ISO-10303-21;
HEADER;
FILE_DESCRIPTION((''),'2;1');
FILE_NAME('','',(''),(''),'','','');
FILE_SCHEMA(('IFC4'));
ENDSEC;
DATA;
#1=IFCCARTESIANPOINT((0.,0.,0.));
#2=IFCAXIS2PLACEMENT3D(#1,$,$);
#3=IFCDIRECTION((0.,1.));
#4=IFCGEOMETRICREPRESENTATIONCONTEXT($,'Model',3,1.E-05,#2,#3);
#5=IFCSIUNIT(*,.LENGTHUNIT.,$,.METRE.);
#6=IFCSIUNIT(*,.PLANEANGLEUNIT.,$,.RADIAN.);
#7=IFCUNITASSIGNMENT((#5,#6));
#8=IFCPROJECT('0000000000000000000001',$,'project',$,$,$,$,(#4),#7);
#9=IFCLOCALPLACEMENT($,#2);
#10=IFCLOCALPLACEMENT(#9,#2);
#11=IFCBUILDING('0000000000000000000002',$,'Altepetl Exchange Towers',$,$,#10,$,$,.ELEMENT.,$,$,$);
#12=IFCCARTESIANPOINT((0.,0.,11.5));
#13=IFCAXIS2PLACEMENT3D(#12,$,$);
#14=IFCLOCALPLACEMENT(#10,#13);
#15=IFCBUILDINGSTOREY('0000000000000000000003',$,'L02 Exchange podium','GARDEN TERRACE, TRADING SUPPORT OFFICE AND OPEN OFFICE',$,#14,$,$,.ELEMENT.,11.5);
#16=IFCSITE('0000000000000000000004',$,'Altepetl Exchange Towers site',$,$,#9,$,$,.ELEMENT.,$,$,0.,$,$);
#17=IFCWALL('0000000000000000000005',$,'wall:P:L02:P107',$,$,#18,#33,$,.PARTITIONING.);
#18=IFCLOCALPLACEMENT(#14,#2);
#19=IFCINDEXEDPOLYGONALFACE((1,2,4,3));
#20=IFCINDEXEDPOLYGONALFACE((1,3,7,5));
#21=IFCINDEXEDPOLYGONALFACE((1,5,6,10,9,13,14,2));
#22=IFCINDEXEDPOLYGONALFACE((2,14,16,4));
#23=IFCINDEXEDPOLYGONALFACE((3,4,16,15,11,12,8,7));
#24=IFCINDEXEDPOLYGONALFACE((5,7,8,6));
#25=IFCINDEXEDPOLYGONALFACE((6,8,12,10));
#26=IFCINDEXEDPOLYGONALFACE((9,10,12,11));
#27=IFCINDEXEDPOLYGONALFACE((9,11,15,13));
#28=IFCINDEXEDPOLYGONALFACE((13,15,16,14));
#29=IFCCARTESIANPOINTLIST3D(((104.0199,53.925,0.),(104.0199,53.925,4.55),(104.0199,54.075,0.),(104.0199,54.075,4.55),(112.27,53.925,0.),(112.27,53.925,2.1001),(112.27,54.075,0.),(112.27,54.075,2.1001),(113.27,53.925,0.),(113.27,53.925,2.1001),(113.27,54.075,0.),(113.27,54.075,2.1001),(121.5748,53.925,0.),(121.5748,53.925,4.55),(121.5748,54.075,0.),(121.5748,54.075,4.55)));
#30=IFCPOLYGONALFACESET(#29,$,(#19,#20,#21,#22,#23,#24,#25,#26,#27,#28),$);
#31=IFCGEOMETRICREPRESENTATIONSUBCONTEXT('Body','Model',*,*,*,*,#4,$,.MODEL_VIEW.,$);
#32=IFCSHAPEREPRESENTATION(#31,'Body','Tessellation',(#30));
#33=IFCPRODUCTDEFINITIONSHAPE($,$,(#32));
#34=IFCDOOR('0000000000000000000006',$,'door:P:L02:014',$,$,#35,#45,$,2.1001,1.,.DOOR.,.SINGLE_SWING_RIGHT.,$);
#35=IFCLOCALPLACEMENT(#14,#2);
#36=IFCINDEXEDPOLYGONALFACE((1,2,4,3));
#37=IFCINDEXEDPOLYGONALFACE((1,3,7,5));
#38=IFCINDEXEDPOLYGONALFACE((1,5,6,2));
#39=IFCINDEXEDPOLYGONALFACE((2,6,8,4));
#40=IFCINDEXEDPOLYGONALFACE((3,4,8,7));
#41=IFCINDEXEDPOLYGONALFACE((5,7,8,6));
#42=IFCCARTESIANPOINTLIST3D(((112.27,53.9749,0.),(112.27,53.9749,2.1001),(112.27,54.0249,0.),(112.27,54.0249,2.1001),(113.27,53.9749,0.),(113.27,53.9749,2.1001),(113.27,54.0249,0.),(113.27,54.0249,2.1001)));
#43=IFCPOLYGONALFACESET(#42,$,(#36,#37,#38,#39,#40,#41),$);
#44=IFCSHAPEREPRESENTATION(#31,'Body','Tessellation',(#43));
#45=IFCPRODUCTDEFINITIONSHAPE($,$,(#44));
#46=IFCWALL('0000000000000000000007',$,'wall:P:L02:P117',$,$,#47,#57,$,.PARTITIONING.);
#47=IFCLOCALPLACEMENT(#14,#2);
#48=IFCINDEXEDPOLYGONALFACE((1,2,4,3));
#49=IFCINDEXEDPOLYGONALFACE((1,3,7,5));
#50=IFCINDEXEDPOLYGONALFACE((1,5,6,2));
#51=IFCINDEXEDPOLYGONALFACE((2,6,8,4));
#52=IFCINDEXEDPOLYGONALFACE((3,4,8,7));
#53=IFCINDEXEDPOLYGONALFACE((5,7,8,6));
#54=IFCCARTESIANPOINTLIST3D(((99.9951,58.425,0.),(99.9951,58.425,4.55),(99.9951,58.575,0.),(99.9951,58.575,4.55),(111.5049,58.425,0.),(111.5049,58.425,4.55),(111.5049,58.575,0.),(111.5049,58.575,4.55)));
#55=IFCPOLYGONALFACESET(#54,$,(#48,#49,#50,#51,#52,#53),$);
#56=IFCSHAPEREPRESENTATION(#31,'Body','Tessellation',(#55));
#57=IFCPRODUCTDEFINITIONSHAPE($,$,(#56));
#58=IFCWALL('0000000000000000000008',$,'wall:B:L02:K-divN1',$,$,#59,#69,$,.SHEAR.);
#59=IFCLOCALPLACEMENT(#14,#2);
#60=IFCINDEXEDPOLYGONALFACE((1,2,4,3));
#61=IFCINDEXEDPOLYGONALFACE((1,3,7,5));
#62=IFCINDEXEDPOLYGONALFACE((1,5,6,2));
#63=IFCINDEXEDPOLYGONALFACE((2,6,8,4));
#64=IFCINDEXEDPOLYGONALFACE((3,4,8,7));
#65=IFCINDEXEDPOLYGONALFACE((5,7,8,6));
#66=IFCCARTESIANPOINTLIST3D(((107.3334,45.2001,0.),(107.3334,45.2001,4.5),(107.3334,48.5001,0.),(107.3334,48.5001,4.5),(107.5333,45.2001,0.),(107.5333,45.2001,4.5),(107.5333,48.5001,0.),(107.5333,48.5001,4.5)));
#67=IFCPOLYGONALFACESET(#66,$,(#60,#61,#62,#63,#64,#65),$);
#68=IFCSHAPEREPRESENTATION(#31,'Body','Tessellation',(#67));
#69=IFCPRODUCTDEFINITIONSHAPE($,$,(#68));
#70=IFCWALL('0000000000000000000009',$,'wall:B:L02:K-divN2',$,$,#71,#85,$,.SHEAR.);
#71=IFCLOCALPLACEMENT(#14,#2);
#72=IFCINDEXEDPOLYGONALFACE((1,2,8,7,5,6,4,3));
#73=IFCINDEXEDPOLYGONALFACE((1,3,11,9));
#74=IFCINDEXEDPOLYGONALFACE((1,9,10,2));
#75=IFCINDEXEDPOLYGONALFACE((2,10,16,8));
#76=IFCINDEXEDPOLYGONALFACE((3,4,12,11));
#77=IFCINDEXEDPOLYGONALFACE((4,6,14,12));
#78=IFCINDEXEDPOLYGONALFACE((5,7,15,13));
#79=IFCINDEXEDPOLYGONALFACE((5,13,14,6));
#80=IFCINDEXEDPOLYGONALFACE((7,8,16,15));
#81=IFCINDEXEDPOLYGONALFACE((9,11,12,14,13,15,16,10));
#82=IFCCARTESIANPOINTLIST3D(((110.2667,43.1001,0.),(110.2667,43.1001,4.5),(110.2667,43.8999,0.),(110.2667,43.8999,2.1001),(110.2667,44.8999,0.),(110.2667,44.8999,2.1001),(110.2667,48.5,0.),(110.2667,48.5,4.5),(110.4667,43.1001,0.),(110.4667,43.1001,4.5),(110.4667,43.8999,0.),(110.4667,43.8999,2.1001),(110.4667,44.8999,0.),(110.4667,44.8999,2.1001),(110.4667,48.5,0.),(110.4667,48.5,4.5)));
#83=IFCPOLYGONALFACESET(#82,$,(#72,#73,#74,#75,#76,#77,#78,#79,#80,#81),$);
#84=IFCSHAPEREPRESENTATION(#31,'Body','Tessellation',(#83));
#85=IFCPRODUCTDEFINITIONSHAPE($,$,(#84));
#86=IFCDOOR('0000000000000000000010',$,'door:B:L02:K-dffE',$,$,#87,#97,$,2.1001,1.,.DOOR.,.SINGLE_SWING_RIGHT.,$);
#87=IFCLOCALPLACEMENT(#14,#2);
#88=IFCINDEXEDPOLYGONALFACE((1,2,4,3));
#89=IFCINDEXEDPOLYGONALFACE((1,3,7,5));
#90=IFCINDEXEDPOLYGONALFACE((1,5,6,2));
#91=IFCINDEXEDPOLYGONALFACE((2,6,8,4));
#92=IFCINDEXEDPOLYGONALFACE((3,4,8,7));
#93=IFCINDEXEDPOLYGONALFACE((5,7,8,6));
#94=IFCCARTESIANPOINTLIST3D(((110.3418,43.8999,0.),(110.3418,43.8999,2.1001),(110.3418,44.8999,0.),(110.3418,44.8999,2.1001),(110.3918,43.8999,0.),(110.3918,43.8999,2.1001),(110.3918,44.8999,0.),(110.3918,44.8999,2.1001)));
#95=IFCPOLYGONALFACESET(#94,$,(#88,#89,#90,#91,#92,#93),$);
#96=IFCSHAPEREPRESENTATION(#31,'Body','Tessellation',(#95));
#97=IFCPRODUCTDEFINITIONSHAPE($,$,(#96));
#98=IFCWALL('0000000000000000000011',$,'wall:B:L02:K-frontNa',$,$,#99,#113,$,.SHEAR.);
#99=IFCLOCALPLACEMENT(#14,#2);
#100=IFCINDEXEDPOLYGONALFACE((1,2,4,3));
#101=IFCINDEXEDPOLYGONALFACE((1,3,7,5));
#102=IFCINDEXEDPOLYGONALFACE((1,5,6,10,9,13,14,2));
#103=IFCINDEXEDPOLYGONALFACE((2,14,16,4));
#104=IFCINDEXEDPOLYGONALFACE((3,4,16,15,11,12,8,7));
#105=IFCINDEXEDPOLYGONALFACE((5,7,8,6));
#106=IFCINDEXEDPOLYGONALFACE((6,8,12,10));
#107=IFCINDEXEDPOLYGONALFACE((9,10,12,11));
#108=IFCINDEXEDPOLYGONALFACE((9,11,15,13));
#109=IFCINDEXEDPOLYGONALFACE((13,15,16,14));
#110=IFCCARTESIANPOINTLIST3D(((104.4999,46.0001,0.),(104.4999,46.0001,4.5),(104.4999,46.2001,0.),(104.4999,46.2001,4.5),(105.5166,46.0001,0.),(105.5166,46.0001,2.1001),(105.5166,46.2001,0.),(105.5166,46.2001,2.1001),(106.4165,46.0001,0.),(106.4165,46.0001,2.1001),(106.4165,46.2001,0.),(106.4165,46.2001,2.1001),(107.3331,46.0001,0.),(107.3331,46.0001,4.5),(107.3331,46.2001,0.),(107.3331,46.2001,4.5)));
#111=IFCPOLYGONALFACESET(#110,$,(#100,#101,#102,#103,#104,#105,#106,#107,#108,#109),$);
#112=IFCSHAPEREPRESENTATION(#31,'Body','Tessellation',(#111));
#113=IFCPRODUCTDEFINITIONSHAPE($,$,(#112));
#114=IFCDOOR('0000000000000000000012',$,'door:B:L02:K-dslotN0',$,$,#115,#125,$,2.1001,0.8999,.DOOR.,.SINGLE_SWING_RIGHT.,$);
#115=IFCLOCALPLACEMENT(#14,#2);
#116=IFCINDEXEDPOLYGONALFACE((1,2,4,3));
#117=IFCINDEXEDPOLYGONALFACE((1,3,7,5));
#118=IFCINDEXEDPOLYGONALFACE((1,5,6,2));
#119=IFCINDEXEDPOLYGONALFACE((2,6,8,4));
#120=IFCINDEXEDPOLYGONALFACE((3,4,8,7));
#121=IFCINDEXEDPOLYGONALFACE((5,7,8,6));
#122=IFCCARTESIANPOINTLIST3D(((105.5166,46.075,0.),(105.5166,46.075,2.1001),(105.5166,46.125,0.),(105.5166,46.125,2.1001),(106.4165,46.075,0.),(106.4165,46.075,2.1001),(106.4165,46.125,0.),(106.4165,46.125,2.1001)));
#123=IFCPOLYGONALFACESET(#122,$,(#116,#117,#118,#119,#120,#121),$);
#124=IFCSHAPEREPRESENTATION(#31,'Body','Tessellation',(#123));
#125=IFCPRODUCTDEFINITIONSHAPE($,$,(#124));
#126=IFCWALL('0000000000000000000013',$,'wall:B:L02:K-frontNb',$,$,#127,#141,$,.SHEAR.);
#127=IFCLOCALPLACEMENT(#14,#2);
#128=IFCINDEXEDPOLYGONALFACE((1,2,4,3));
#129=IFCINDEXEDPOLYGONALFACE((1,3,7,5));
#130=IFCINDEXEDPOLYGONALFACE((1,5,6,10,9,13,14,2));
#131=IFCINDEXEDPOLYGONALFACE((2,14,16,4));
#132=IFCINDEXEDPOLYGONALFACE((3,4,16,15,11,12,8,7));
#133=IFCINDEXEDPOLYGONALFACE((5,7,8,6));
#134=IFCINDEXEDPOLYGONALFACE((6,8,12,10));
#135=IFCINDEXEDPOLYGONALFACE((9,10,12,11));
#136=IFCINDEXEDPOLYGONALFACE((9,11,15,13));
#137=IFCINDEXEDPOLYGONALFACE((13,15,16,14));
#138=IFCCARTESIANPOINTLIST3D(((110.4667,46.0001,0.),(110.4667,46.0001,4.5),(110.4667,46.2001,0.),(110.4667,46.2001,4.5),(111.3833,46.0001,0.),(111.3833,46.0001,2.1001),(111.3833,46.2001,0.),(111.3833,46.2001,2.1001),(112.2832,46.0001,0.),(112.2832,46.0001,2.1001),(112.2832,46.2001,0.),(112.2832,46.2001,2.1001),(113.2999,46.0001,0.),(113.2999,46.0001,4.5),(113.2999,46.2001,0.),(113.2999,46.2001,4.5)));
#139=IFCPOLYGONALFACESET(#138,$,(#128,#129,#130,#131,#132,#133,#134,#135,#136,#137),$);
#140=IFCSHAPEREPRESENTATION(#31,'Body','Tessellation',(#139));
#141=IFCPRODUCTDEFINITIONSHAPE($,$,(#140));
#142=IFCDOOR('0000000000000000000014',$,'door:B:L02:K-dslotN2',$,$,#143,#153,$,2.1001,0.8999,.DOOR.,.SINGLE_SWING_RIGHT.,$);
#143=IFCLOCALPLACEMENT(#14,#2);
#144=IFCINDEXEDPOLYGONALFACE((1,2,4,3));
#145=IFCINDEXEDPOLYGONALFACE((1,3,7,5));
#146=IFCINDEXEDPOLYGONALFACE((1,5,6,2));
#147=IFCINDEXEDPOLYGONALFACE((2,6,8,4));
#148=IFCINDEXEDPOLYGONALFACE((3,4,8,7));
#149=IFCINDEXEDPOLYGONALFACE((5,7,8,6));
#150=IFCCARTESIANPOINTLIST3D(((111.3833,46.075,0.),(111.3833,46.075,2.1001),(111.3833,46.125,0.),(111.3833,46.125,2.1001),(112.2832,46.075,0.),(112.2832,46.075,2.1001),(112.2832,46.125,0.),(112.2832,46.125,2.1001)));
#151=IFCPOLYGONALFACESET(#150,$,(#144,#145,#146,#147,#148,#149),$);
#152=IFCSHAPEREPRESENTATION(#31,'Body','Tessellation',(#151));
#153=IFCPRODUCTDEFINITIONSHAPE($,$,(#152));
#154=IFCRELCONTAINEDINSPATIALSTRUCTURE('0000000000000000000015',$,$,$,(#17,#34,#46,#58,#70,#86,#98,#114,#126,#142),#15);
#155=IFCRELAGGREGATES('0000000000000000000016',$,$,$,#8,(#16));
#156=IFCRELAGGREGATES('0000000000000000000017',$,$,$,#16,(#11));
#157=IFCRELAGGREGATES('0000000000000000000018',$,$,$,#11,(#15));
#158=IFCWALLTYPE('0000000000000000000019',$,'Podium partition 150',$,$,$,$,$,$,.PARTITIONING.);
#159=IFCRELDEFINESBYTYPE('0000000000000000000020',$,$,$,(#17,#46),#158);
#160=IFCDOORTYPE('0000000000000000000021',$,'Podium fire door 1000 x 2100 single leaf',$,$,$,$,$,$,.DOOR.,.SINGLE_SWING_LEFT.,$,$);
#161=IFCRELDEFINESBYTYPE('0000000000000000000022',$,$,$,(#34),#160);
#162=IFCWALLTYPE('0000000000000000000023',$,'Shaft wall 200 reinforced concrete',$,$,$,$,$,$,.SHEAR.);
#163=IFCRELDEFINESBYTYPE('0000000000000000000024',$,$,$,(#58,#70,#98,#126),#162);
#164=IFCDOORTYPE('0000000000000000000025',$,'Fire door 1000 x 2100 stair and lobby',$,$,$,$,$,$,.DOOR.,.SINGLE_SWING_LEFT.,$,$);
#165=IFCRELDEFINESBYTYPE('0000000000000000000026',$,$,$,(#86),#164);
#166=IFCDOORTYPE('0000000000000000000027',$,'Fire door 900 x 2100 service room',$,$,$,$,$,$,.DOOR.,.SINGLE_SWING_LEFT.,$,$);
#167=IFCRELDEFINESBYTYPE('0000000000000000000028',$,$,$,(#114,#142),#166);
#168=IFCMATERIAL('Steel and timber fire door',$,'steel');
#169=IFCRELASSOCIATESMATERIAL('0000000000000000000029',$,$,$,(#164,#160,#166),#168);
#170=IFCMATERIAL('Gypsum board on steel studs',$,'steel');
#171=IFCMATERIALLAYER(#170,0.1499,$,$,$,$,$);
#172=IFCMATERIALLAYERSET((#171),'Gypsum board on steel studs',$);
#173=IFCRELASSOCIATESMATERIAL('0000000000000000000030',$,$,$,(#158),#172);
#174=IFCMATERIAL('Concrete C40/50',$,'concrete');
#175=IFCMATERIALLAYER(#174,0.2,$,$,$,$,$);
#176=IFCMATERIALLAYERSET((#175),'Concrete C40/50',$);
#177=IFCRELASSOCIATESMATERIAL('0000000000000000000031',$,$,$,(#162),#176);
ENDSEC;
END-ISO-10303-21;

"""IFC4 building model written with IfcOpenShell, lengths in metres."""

from ifc_helpers import new_model, si_unit, direction, frame, frame_2d, origin, place, context, subcontext, project, spatial, rectangle, extrude, material, layer, layer_set, type_object, element, fill, save


model = new_model("IFC4")

# Units and contexts
model_context = context("Model", 3, precision=1e-05, world=origin(), true_north=direction((0.0, 1.0)))
body_context = subcontext(model_context, "Body", "Model", "MODEL_VIEW")
ifc_project = project(units=[si_unit("LENGTHUNIT", "METRE"), si_unit("PLANEANGLEUNIT", "RADIAN")], contexts=[model_context])

# Site, building, storey
site_placement = place(None, origin())
site = spatial("IfcSite", under=ifc_project, at=site_placement, Name="Altepetl Exchange Towers site", CompositionType="ELEMENT", RefElevation=0.0)
building_placement = place(site_placement, origin())
building = spatial("IfcBuilding", under=site, at=building_placement, Name="Altepetl Exchange Towers", CompositionType="ELEMENT")
storey_placement = place(building_placement, frame((0.0, 0.0, 11.5)))
storey = spatial("IfcBuildingStorey", under=building, at=storey_placement, Name="L02 Exchange podium", Description="GARDEN TERRACE, TRADING SUPPORT OFFICE AND OPEN OFFICE", CompositionType="ELEMENT", Elevation=11.5)

# Shared definitions
ifc_material_1 = material(Name="Steel and timber fire door", Category="steel")
door_type_1 = type_object("IfcDoorType", Name="Fire door 1000 x 2100 stair and lobby", OperationType="SINGLE_SWING_LEFT", PredefinedType="DOOR", material=ifc_material_1)

# Shared definitions
ifc_material_2 = material(Name="Gypsum board on steel studs", Category="steel")
ifc_layer_1 = layer(ifc_material_2, 0.1499)
ifc_layer_set_1 = layer_set([ifc_layer_1], Name="Gypsum board on steel studs")
wall_type_1 = type_object("IfcWallType", Name="Podium partition 150", PredefinedType="PARTITIONING", material=ifc_layer_set_1)

# Wall, opening, door
wall_1_placement = place(storey_placement, frame((104.02, 54.0, 0.0)))
wall_1 = element("IfcWall", 1, at=wall_1_placement, inside=storey, type_object=wall_type_1, Name="wall:P:L02:P107", PredefinedType="PARTITIONING", context=body_context, shape_type="SweptSolid", body=[
    extrude(rectangle(XDim=17.5549, YDim=0.1499, at=frame_2d((8.7773, 0.0))), origin(), (0.0, 0.0, 1.0), 4.55),
])
opening_1_placement = place(wall_1_placement, frame((8.25, 0.0, 0.0)))
opening_1 = element("IfcOpeningElement", 2, at=opening_1_placement, cuts=wall_1, PredefinedType="OPENING", context=body_context, shape_type="SweptSolid", body=[
    extrude(rectangle(XDim=1.0, YDim=2.1001, at=frame_2d((0.5, 1.05))), frame((0.0, 0.085, 0.0), z_axis=(0.0, -1.0, 0.0), x_axis=(1.0, 0.0, 0.0)), (0.0, 0.0, 1.0), 0.1699),
])
door_type_2 = type_object("IfcDoorType", Name="Podium fire door 1000 x 2100 single leaf", OperationType="SINGLE_SWING_LEFT", PredefinedType="DOOR", material=ifc_material_1)
door_1_placement = place(opening_1_placement, origin())
door_1 = element("IfcDoor", 3, at=door_1_placement, inside=storey, type_object=door_type_2, Name="door:P:L02:014", OperationType="SINGLE_SWING_RIGHT", OverallHeight=2.1001, OverallWidth=1.0, PredefinedType="DOOR", context=body_context, shape_type="SweptSolid", body=[
    extrude(rectangle(XDim=1.0, YDim=2.1001, at=frame_2d((0.5, 1.05))), frame((0.0, 0.0249, 0.0), z_axis=(0.0, -1.0, 0.0), x_axis=(1.0, 0.0, 0.0)), (0.0, 0.0, 1.0), 0.05),
])
fill(opening_1, door_1)

# Walls
wall_2_placement = place(storey_placement, frame((99.9951, 58.5, 0.0)))
element("IfcWall", 4, at=wall_2_placement, inside=storey, type_object=wall_type_1, Name="wall:P:L02:P117", PredefinedType="PARTITIONING", context=body_context, shape_type="SweptSolid", body=[
    extrude(rectangle(XDim=11.5098, YDim=0.1499, at=frame_2d((5.7549, 0.0))), origin(), (0.0, 0.0, 1.0), 4.55),
])
ifc_material_3 = material(Name="Concrete C40/50", Category="concrete")
ifc_layer_2 = layer(ifc_material_3, 0.2)
ifc_layer_set_2 = layer_set([ifc_layer_2], Name="Concrete C40/50")
wall_type_2 = type_object("IfcWallType", Name="Shaft wall 200 reinforced concrete", PredefinedType="SHEAR", material=ifc_layer_set_2)
wall_3_placement = place(storey_placement, frame((107.4333, 48.5, 0.0), z_axis=(0.0, 0.0, 1.0), x_axis=(0.0, -1.0, 0.0)))
element("IfcWall", 5, at=wall_3_placement, inside=storey, type_object=wall_type_2, Name="wall:B:L02:K-divN1", PredefinedType="SHEAR", context=body_context, shape_type="SweptSolid", body=[
    extrude(rectangle(XDim=3.3, YDim=0.2, at=frame_2d((1.6499, 0.0))), origin(), (0.0, 0.0, 1.0), 4.5),
])

# Walls, openings, doors
wall_4_placement = place(storey_placement, frame((110.3667, 48.5, 0.0), z_axis=(0.0, 0.0, 1.0), x_axis=(0.0, -1.0, 0.0)))
wall_4 = element("IfcWall", 6, at=wall_4_placement, inside=storey, type_object=wall_type_2, Name="wall:B:L02:K-divN2", PredefinedType="SHEAR", context=body_context, shape_type="SweptSolid", body=[
    extrude(rectangle(XDim=5.3999, YDim=0.2, at=frame_2d((2.7, 0.0))), origin(), (0.0, 0.0, 1.0), 4.5),
])
opening_2_placement = place(wall_4_placement, frame((3.6001, 0.0, 0.0)))
opening_2 = element("IfcOpeningElement", 7, at=opening_2_placement, cuts=wall_4, PredefinedType="OPENING", context=body_context, shape_type="SweptSolid", body=[
    extrude(rectangle(XDim=1.0, YDim=2.1001, at=frame_2d((0.5, 1.05))), frame((0.0, 0.1099, 0.0), z_axis=(0.0, -1.0, 0.0), x_axis=(1.0, 0.0, 0.0)), (0.0, 0.0, 1.0), 0.22),
])
door_2_placement = place(opening_2_placement, frame((1.0, 0.0, 0.0), x_axis=(-1.0, 0.0, 0.0)))
door_2 = element("IfcDoor", 8, at=door_2_placement, inside=storey, type_object=door_type_1, Name="door:B:L02:K-dffE", OperationType="SINGLE_SWING_RIGHT", OverallHeight=2.1001, OverallWidth=1.0, PredefinedType="DOOR", context=body_context, shape_type="SweptSolid", body=[
    extrude(rectangle(XDim=1.0, YDim=2.1001, at=frame_2d((0.5, 1.05))), frame((0.0, 0.0249, 0.0), z_axis=(0.0, -1.0, 0.0), x_axis=(1.0, 0.0, 0.0)), (0.0, 0.0, 1.0), 0.05),
])
fill(opening_2, door_2)
wall_5_placement = place(storey_placement, frame((104.5, 46.1001, 0.0)))
wall_5 = element("IfcWall", 9, at=wall_5_placement, inside=storey, type_object=wall_type_2, Name="wall:B:L02:K-frontNa", PredefinedType="SHEAR", context=body_context, shape_type="SweptSolid", body=[
    extrude(rectangle(XDim=2.8333, YDim=0.2, at=frame_2d((1.4165, 0.0))), origin(), (0.0, 0.0, 1.0), 4.5),
])
opening_3_placement = place(wall_5_placement, frame((1.0166, 0.0, 0.0)))
opening_3 = element("IfcOpeningElement", 10, at=opening_3_placement, cuts=wall_5, PredefinedType="OPENING", context=body_context, shape_type="SweptSolid", body=[
    extrude(rectangle(XDim=0.8999, YDim=2.1001, at=frame_2d((0.45, 1.05))), frame((0.0, 0.1099, 0.0), z_axis=(0.0, -1.0, 0.0), x_axis=(1.0, 0.0, 0.0)), (0.0, 0.0, 1.0), 0.22),
])
door_type_3 = type_object("IfcDoorType", Name="Fire door 900 x 2100 service room", OperationType="SINGLE_SWING_LEFT", PredefinedType="DOOR", material=ifc_material_1)
door_3_placement = place(opening_3_placement, origin())
door_3 = element("IfcDoor", 11, at=door_3_placement, inside=storey, type_object=door_type_3, Name="door:B:L02:K-dslotN0", OperationType="SINGLE_SWING_RIGHT", OverallHeight=2.1001, OverallWidth=0.8999, PredefinedType="DOOR", context=body_context, shape_type="SweptSolid", body=[
    extrude(rectangle(XDim=0.8999, YDim=2.1001, at=frame_2d((0.45, 1.05))), frame((0.0, 0.0249, 0.0), z_axis=(0.0, -1.0, 0.0), x_axis=(1.0, 0.0, 0.0)), (0.0, 0.0, 1.0), 0.05),
])
fill(opening_3, door_3)
wall_6_placement = place(storey_placement, frame((110.4668, 46.1001, 0.0)))
wall_6 = element("IfcWall", 12, at=wall_6_placement, inside=storey, type_object=wall_type_2, Name="wall:B:L02:K-frontNb", PredefinedType="SHEAR", context=body_context, shape_type="SweptSolid", body=[
    extrude(rectangle(XDim=2.8333, YDim=0.2, at=frame_2d((1.4165, 0.0))), origin(), (0.0, 0.0, 1.0), 4.5),
])
opening_4_placement = place(wall_6_placement, frame((0.9165, 0.0, 0.0)))
opening_4 = element("IfcOpeningElement", 13, at=opening_4_placement, cuts=wall_6, PredefinedType="OPENING", context=body_context, shape_type="SweptSolid", body=[
    extrude(rectangle(XDim=0.8999, YDim=2.1001, at=frame_2d((0.45, 1.05))), frame((0.0, 0.1099, 0.0), z_axis=(0.0, -1.0, 0.0), x_axis=(1.0, 0.0, 0.0)), (0.0, 0.0, 1.0), 0.22),
])
door_4_placement = place(opening_4_placement, origin())
door_4 = element("IfcDoor", 14, at=door_4_placement, inside=storey, type_object=door_type_3, Name="door:B:L02:K-dslotN2", OperationType="SINGLE_SWING_RIGHT", OverallHeight=2.1001, OverallWidth=0.8999, PredefinedType="DOOR", context=body_context, shape_type="SweptSolid", body=[
    extrude(rectangle(XDim=0.8999, YDim=2.1001, at=frame_2d((0.45, 1.05))), frame((0.0, 0.0249, 0.0), z_axis=(0.0, -1.0, 0.0), x_axis=(1.0, 0.0, 0.0)), (0.0, 0.0, 1.0), 0.05),
])
fill(opening_4, door_4)

save(model, "model.ifc")
